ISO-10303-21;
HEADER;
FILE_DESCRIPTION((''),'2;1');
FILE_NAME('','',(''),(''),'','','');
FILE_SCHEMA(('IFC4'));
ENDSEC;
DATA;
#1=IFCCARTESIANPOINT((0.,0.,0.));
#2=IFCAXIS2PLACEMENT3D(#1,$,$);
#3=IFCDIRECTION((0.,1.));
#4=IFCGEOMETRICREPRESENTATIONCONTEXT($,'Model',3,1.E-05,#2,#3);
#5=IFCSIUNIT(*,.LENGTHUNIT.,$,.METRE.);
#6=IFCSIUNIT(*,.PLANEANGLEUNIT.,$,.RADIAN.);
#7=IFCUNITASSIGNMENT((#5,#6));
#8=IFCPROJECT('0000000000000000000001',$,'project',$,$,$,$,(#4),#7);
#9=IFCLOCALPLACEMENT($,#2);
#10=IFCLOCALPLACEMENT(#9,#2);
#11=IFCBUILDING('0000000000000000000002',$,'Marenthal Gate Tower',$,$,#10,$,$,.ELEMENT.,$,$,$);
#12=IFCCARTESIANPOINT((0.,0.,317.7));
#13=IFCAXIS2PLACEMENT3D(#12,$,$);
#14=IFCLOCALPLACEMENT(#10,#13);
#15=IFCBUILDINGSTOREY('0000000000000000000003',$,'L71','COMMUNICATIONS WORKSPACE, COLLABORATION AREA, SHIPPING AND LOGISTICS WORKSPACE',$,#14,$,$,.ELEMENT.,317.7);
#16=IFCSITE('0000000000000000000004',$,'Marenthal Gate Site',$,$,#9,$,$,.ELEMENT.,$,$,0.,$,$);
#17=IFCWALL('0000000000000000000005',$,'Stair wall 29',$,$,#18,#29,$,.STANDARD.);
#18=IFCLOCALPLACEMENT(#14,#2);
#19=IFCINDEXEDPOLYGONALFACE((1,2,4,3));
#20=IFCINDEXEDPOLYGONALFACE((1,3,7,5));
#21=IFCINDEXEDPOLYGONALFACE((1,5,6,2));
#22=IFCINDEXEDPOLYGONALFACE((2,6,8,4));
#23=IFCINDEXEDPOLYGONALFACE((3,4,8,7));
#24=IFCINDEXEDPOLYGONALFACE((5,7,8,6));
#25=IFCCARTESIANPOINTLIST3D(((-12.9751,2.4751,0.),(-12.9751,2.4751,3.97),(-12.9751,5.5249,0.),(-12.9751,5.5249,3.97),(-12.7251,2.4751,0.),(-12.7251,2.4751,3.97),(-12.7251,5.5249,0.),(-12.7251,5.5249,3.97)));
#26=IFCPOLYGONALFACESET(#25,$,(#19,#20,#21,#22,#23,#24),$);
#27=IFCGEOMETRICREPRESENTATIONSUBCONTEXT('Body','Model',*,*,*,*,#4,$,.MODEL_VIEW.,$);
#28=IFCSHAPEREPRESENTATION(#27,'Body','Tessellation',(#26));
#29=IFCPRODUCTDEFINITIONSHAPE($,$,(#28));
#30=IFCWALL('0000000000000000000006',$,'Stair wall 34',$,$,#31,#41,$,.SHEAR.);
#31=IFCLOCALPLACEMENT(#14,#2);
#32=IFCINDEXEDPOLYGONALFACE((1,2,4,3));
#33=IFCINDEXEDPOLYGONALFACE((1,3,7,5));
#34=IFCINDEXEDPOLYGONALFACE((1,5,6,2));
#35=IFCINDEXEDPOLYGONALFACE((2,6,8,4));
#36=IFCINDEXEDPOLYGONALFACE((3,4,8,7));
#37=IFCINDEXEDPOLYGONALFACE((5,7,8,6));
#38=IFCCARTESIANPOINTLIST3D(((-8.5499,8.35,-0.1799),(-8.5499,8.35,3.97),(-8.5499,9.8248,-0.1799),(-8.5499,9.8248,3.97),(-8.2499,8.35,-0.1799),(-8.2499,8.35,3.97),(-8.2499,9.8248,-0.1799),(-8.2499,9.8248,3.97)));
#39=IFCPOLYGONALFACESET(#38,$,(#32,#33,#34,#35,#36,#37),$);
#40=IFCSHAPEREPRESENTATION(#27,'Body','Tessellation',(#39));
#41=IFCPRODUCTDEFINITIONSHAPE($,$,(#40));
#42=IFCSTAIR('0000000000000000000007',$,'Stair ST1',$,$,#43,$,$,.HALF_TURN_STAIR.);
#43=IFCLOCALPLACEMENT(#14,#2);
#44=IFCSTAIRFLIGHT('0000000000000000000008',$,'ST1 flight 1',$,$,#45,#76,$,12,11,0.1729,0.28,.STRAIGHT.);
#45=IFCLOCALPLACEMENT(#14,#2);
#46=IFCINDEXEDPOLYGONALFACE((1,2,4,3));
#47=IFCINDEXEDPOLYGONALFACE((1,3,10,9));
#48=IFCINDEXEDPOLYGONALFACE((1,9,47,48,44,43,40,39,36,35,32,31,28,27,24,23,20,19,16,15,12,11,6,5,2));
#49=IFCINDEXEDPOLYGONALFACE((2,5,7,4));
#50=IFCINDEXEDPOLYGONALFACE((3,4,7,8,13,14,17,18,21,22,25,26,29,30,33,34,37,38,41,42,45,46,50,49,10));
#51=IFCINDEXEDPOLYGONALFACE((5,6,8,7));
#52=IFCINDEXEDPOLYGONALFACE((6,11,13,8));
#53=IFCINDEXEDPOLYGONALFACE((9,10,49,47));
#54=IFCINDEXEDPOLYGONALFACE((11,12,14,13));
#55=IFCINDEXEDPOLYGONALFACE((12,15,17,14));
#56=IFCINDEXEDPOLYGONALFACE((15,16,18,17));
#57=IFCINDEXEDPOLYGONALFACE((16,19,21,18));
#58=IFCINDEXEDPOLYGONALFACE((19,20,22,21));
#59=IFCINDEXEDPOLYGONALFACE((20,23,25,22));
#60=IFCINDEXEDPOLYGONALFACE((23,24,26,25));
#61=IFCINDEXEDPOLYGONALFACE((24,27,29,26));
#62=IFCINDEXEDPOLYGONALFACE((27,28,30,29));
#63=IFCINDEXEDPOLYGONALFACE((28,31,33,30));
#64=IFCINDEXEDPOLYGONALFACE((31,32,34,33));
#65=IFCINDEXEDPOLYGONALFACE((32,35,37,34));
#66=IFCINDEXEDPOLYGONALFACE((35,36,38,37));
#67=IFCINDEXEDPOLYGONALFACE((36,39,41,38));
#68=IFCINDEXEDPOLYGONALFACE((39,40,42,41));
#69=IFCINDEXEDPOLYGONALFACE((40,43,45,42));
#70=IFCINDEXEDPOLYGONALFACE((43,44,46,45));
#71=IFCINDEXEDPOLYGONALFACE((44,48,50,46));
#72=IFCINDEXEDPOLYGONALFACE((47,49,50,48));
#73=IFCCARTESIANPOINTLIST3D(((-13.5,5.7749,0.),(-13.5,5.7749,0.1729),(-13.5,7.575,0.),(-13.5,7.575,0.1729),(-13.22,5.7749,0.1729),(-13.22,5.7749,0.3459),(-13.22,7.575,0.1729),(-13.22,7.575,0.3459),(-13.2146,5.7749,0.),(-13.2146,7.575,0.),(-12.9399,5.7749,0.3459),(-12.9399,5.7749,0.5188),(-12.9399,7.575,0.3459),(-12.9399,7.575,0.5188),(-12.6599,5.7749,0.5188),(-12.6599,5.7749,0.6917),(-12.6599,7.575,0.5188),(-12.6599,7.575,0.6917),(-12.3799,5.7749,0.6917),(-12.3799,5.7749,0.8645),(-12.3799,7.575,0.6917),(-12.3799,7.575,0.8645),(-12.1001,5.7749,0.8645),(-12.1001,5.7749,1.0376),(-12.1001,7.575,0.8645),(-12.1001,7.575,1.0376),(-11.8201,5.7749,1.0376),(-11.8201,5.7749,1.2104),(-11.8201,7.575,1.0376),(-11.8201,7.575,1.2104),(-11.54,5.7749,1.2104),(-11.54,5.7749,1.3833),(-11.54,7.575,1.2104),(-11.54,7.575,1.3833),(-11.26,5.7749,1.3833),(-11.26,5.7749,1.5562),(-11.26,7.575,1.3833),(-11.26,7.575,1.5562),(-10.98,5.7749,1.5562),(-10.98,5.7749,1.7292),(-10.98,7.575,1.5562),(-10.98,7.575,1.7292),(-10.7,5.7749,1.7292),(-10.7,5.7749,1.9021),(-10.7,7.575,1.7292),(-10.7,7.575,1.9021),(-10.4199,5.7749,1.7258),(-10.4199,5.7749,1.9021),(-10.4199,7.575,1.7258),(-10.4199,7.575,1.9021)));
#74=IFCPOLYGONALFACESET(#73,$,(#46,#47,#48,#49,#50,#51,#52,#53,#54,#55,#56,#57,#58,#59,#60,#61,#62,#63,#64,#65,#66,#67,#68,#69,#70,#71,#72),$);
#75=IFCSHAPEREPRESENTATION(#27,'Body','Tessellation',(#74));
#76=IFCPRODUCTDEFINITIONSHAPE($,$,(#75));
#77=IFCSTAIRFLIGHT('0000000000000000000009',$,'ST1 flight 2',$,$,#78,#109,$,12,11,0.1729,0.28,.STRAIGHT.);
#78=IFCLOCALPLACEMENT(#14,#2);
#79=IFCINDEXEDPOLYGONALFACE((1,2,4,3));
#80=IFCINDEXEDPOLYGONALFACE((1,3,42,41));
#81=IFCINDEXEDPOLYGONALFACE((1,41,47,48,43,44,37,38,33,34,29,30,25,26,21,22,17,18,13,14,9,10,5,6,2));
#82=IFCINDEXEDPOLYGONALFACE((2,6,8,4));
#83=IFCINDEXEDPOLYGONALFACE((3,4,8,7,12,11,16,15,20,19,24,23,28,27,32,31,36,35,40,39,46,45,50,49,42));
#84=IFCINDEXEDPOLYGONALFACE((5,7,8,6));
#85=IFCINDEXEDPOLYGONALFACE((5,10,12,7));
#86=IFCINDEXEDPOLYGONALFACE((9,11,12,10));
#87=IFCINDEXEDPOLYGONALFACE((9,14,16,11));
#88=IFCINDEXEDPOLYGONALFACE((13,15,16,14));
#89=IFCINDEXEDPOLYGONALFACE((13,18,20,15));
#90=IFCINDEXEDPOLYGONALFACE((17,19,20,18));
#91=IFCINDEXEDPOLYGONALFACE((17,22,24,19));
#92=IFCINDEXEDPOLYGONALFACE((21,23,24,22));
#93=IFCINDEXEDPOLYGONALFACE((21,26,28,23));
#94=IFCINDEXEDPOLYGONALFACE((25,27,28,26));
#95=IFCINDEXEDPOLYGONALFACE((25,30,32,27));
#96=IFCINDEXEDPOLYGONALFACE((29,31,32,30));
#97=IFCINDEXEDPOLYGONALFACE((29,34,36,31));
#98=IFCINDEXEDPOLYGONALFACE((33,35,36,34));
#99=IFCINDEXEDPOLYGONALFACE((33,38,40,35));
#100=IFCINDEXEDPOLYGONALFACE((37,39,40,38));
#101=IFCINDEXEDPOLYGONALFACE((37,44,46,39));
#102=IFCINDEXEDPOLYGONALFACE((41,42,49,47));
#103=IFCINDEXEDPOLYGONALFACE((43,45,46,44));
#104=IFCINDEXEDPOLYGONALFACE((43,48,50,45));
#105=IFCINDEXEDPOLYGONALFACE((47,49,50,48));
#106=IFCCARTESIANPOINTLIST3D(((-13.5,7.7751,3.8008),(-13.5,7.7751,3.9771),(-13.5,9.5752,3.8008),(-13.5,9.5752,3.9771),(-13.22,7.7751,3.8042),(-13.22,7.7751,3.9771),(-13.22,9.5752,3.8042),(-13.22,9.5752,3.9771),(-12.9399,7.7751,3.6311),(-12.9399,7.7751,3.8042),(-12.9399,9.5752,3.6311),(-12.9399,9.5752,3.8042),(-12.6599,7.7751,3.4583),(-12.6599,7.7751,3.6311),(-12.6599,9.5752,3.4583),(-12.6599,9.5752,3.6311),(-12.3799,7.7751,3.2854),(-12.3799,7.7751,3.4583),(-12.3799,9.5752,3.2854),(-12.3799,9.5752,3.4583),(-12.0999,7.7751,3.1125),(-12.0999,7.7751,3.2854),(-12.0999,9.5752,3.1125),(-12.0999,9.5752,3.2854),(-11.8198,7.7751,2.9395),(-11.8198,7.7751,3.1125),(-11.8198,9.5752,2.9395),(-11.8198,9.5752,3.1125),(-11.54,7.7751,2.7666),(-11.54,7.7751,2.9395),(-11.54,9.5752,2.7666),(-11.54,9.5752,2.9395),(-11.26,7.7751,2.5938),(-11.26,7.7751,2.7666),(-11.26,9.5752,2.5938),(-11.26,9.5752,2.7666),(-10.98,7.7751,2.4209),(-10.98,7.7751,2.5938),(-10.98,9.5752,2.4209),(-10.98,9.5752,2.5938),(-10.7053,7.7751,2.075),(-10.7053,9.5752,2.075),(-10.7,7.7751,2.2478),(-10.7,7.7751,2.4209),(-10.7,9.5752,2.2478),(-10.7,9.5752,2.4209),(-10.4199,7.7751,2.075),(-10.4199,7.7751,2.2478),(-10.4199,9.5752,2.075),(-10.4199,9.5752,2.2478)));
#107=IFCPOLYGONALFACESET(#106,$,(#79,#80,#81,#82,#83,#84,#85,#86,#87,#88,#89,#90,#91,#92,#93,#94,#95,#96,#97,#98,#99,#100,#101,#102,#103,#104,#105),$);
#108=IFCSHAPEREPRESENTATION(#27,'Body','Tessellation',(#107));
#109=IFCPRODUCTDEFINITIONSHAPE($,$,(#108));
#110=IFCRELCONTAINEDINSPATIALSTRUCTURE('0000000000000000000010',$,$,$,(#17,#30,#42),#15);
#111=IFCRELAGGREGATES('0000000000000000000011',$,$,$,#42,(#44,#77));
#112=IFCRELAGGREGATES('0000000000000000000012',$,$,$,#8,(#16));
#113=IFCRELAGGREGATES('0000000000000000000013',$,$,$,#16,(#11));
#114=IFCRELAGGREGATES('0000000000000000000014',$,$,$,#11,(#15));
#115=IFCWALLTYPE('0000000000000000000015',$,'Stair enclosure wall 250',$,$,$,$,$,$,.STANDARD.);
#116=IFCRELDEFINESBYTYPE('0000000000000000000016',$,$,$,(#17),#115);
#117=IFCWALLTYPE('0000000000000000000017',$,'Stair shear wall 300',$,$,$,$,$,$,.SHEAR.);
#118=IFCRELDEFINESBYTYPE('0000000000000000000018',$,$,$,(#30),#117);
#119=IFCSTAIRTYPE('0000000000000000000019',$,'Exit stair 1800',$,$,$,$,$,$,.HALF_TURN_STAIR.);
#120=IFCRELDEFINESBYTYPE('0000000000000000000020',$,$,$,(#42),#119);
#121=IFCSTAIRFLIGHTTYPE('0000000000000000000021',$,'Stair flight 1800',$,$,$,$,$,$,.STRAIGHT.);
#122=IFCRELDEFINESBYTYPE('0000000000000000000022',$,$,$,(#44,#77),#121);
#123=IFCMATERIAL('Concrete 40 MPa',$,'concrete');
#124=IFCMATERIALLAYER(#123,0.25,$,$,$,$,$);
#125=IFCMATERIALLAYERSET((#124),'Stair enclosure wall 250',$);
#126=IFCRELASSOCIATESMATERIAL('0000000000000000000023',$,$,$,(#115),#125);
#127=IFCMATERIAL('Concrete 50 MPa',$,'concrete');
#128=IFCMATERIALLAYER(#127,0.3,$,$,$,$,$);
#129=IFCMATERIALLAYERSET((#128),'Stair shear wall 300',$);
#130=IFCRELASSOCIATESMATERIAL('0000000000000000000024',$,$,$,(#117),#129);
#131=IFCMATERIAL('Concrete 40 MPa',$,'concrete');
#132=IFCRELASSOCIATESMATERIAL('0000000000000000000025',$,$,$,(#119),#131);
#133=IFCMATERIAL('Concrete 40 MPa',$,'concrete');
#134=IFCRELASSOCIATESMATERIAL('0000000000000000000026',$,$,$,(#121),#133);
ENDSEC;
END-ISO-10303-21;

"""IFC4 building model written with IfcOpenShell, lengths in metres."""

from ifc_helpers import new_model, si_unit, direction, frame, frame_2d, origin, place, context, subcontext, project, spatial, polyline, rectangle, outline, extrude, material, layer, layer_set, type_object, element, aggregate, save


model = new_model("IFC4")

# Units and contexts
model_context = context("Model", 3, precision=1e-05, world=origin(), true_north=direction((0.0, 1.0)))
body_context = subcontext(model_context, "Body", "Model", "MODEL_VIEW")
ifc_project = project(units=[si_unit("LENGTHUNIT", "METRE"), si_unit("PLANEANGLEUNIT", "RADIAN")], contexts=[model_context])

# Site, building, storey
site_placement = place(None, origin())
site = spatial("IfcSite", under=ifc_project, at=site_placement, Name="Marenthal Gate Site", CompositionType="ELEMENT", RefElevation=0.0)
building_placement = place(site_placement, origin())
building = spatial("IfcBuilding", under=site, at=building_placement, Name="Marenthal Gate Tower", CompositionType="ELEMENT")
storey_placement = place(building_placement, frame((0.0, 0.0, 317.7)))
storey = spatial("IfcBuildingStorey", under=building, at=storey_placement, Name="L71", Description="COMMUNICATIONS WORKSPACE, COLLABORATION AREA, SHIPPING AND LOGISTICS WORKSPACE", CompositionType="ELEMENT", Elevation=317.7)

# Walls
ifc_material_1 = material(Name="Concrete 40 MPa", Category="concrete")
ifc_layer_1 = layer(ifc_material_1, 0.25)
ifc_layer_set_1 = layer_set([ifc_layer_1], Name="Stair enclosure wall 250")
wall_type_1 = type_object("IfcWallType", Name="Stair enclosure wall 250", PredefinedType="STANDARD", material=ifc_layer_set_1)
wall_1_placement = place(storey_placement, frame((-12.8501, 2.4751, 0.0), z_axis=(0.0, 0.0, 1.0), x_axis=(0.0, 1.0, 0.0)))
element("IfcWall", 1, at=wall_1_placement, inside=storey, type_object=wall_type_1, Name="Stair wall 29", PredefinedType="STANDARD", context=body_context, shape_type="SweptSolid", body=[
    extrude(rectangle(XDim=3.0498, YDim=0.25, at=frame_2d((1.5249, 0.0))), origin(), (0.0, 0.0, 1.0), 3.97),
])
ifc_material_2 = material(Name="Concrete 50 MPa", Category="concrete")
ifc_layer_2 = layer(ifc_material_2, 0.3)
ifc_layer_set_2 = layer_set([ifc_layer_2], Name="Stair shear wall 300")
wall_type_2 = type_object("IfcWallType", Name="Stair shear wall 300", PredefinedType="SHEAR", material=ifc_layer_set_2)
wall_2_placement = place(storey_placement, frame((-8.3999, 8.3501, -0.1799), z_axis=(0.0, 0.0, 1.0), x_axis=(0.0, 1.0, 0.0)))
element("IfcWall", 2, at=wall_2_placement, inside=storey, type_object=wall_type_2, Name="Stair wall 34", PredefinedType="SHEAR", context=body_context, shape_type="SweptSolid", body=[
    extrude(rectangle(XDim=1.4749, YDim=0.3, at=frame_2d((0.7373, 0.0))), origin(), (0.0, 0.0, 1.0), 4.1499),
])

# Stair, stair flights
ifc_material_3 = material(Name="Concrete 40 MPa", Category="concrete")
stair_type = type_object("IfcStairType", Name="Exit stair 1800", PredefinedType="HALF_TURN_STAIR", material=ifc_material_3)
stair_placement = place(storey_placement, origin())
stair = element("IfcStair", 3, at=stair_placement, inside=storey, type_object=stair_type, Name="Stair ST1", PredefinedType="HALF_TURN_STAIR")
ifc_material_4 = material(Name="Concrete 40 MPa", Category="concrete")
stair_flight_type = type_object("IfcStairFlightType", Name="Stair flight 1800", PredefinedType="STRAIGHT", material=ifc_material_4)
stair_flight_1_placement = place(storey_placement, frame((-13.5, 6.675, 0.0), z_axis=(0.0, 0.0, 1.0), x_axis=(1.0, 0.0, 0.0)))
stair_flight_1 = element("IfcStairFlight", 4, at=stair_flight_1_placement, type_object=stair_flight_type, Name="ST1 flight 1", NumberOfRisers=12, NumberOfTreads=11, PredefinedType="STRAIGHT", RiserHeight=0.1729, TreadLength=0.28, context=body_context, shape_type="SweptSolid", body=[
    extrude(outline(polyline([(0.0, 0.0), (0.0, 0.1729), (0.28, 0.1729), (0.28, 0.3459), (0.5601, 0.3459), (0.5601, 0.5188), (0.8401, 0.5188), (0.8401, 0.6917), (1.1201, 0.6917), (1.1201, 0.8645), (1.3999, 0.8645), (1.3999, 1.0376), (1.6799, 1.0376), (1.6799, 1.2104), (1.96, 1.2104), (1.96, 1.3833), (2.24, 1.3833), (2.24, 1.5562), (2.52, 1.5562), (2.52, 1.7292), (2.8, 1.7292), (2.8, 1.9021), (3.0801, 1.9021), (3.0801, 2.075), (3.0801, 1.7258), (0.2854, 0.0), (0.0, 0.0)])), frame((0.0, 0.8999, 0.0), z_axis=(0.0, -1.0, 0.0), x_axis=(1.0, 0.0, 0.0)), (0.0, 0.0, 1.0), 1.8),
])
stair_flight_2_placement = place(storey_placement, frame((-10.4199, 8.675, 2.075), z_axis=(0.0, 0.0, 1.0), x_axis=(-1.0, 0.0, 0.0)))
stair_flight_2 = element("IfcStairFlight", 5, at=stair_flight_2_placement, type_object=stair_flight_type, Name="ST1 flight 2", NumberOfRisers=12, NumberOfTreads=11, PredefinedType="STRAIGHT", RiserHeight=0.1729, TreadLength=0.28, context=body_context, shape_type="SweptSolid", body=[
    extrude(outline(polyline([(0.0, 0.0), (0.0, 0.1729), (0.28, 0.1729), (0.28, 0.3459), (0.5601, 0.3459), (0.5601, 0.5188), (0.8401, 0.5188), (0.8401, 0.6917), (1.1201, 0.6917), (1.1201, 0.8645), (1.3999, 0.8645), (1.3999, 1.0376), (1.6799, 1.0376), (1.6799, 1.2104), (1.96, 1.2104), (1.96, 1.3833), (2.24, 1.3833), (2.24, 1.5562), (2.52, 1.5562), (2.52, 1.7292), (2.8, 1.7292), (2.8, 1.9021), (3.0801, 1.9021), (3.0801, 2.075), (3.0801, 1.7258), (0.2854, 0.0), (0.0, 0.0)])), frame((0.0, 0.8999, 0.0), z_axis=(0.0, -1.0, 0.0), x_axis=(1.0, 0.0, 0.0)), (0.0, 0.0, 1.0), 1.8),
])
aggregate(stair, [stair_flight_1, stair_flight_2])

save(model, "model.ifc")
